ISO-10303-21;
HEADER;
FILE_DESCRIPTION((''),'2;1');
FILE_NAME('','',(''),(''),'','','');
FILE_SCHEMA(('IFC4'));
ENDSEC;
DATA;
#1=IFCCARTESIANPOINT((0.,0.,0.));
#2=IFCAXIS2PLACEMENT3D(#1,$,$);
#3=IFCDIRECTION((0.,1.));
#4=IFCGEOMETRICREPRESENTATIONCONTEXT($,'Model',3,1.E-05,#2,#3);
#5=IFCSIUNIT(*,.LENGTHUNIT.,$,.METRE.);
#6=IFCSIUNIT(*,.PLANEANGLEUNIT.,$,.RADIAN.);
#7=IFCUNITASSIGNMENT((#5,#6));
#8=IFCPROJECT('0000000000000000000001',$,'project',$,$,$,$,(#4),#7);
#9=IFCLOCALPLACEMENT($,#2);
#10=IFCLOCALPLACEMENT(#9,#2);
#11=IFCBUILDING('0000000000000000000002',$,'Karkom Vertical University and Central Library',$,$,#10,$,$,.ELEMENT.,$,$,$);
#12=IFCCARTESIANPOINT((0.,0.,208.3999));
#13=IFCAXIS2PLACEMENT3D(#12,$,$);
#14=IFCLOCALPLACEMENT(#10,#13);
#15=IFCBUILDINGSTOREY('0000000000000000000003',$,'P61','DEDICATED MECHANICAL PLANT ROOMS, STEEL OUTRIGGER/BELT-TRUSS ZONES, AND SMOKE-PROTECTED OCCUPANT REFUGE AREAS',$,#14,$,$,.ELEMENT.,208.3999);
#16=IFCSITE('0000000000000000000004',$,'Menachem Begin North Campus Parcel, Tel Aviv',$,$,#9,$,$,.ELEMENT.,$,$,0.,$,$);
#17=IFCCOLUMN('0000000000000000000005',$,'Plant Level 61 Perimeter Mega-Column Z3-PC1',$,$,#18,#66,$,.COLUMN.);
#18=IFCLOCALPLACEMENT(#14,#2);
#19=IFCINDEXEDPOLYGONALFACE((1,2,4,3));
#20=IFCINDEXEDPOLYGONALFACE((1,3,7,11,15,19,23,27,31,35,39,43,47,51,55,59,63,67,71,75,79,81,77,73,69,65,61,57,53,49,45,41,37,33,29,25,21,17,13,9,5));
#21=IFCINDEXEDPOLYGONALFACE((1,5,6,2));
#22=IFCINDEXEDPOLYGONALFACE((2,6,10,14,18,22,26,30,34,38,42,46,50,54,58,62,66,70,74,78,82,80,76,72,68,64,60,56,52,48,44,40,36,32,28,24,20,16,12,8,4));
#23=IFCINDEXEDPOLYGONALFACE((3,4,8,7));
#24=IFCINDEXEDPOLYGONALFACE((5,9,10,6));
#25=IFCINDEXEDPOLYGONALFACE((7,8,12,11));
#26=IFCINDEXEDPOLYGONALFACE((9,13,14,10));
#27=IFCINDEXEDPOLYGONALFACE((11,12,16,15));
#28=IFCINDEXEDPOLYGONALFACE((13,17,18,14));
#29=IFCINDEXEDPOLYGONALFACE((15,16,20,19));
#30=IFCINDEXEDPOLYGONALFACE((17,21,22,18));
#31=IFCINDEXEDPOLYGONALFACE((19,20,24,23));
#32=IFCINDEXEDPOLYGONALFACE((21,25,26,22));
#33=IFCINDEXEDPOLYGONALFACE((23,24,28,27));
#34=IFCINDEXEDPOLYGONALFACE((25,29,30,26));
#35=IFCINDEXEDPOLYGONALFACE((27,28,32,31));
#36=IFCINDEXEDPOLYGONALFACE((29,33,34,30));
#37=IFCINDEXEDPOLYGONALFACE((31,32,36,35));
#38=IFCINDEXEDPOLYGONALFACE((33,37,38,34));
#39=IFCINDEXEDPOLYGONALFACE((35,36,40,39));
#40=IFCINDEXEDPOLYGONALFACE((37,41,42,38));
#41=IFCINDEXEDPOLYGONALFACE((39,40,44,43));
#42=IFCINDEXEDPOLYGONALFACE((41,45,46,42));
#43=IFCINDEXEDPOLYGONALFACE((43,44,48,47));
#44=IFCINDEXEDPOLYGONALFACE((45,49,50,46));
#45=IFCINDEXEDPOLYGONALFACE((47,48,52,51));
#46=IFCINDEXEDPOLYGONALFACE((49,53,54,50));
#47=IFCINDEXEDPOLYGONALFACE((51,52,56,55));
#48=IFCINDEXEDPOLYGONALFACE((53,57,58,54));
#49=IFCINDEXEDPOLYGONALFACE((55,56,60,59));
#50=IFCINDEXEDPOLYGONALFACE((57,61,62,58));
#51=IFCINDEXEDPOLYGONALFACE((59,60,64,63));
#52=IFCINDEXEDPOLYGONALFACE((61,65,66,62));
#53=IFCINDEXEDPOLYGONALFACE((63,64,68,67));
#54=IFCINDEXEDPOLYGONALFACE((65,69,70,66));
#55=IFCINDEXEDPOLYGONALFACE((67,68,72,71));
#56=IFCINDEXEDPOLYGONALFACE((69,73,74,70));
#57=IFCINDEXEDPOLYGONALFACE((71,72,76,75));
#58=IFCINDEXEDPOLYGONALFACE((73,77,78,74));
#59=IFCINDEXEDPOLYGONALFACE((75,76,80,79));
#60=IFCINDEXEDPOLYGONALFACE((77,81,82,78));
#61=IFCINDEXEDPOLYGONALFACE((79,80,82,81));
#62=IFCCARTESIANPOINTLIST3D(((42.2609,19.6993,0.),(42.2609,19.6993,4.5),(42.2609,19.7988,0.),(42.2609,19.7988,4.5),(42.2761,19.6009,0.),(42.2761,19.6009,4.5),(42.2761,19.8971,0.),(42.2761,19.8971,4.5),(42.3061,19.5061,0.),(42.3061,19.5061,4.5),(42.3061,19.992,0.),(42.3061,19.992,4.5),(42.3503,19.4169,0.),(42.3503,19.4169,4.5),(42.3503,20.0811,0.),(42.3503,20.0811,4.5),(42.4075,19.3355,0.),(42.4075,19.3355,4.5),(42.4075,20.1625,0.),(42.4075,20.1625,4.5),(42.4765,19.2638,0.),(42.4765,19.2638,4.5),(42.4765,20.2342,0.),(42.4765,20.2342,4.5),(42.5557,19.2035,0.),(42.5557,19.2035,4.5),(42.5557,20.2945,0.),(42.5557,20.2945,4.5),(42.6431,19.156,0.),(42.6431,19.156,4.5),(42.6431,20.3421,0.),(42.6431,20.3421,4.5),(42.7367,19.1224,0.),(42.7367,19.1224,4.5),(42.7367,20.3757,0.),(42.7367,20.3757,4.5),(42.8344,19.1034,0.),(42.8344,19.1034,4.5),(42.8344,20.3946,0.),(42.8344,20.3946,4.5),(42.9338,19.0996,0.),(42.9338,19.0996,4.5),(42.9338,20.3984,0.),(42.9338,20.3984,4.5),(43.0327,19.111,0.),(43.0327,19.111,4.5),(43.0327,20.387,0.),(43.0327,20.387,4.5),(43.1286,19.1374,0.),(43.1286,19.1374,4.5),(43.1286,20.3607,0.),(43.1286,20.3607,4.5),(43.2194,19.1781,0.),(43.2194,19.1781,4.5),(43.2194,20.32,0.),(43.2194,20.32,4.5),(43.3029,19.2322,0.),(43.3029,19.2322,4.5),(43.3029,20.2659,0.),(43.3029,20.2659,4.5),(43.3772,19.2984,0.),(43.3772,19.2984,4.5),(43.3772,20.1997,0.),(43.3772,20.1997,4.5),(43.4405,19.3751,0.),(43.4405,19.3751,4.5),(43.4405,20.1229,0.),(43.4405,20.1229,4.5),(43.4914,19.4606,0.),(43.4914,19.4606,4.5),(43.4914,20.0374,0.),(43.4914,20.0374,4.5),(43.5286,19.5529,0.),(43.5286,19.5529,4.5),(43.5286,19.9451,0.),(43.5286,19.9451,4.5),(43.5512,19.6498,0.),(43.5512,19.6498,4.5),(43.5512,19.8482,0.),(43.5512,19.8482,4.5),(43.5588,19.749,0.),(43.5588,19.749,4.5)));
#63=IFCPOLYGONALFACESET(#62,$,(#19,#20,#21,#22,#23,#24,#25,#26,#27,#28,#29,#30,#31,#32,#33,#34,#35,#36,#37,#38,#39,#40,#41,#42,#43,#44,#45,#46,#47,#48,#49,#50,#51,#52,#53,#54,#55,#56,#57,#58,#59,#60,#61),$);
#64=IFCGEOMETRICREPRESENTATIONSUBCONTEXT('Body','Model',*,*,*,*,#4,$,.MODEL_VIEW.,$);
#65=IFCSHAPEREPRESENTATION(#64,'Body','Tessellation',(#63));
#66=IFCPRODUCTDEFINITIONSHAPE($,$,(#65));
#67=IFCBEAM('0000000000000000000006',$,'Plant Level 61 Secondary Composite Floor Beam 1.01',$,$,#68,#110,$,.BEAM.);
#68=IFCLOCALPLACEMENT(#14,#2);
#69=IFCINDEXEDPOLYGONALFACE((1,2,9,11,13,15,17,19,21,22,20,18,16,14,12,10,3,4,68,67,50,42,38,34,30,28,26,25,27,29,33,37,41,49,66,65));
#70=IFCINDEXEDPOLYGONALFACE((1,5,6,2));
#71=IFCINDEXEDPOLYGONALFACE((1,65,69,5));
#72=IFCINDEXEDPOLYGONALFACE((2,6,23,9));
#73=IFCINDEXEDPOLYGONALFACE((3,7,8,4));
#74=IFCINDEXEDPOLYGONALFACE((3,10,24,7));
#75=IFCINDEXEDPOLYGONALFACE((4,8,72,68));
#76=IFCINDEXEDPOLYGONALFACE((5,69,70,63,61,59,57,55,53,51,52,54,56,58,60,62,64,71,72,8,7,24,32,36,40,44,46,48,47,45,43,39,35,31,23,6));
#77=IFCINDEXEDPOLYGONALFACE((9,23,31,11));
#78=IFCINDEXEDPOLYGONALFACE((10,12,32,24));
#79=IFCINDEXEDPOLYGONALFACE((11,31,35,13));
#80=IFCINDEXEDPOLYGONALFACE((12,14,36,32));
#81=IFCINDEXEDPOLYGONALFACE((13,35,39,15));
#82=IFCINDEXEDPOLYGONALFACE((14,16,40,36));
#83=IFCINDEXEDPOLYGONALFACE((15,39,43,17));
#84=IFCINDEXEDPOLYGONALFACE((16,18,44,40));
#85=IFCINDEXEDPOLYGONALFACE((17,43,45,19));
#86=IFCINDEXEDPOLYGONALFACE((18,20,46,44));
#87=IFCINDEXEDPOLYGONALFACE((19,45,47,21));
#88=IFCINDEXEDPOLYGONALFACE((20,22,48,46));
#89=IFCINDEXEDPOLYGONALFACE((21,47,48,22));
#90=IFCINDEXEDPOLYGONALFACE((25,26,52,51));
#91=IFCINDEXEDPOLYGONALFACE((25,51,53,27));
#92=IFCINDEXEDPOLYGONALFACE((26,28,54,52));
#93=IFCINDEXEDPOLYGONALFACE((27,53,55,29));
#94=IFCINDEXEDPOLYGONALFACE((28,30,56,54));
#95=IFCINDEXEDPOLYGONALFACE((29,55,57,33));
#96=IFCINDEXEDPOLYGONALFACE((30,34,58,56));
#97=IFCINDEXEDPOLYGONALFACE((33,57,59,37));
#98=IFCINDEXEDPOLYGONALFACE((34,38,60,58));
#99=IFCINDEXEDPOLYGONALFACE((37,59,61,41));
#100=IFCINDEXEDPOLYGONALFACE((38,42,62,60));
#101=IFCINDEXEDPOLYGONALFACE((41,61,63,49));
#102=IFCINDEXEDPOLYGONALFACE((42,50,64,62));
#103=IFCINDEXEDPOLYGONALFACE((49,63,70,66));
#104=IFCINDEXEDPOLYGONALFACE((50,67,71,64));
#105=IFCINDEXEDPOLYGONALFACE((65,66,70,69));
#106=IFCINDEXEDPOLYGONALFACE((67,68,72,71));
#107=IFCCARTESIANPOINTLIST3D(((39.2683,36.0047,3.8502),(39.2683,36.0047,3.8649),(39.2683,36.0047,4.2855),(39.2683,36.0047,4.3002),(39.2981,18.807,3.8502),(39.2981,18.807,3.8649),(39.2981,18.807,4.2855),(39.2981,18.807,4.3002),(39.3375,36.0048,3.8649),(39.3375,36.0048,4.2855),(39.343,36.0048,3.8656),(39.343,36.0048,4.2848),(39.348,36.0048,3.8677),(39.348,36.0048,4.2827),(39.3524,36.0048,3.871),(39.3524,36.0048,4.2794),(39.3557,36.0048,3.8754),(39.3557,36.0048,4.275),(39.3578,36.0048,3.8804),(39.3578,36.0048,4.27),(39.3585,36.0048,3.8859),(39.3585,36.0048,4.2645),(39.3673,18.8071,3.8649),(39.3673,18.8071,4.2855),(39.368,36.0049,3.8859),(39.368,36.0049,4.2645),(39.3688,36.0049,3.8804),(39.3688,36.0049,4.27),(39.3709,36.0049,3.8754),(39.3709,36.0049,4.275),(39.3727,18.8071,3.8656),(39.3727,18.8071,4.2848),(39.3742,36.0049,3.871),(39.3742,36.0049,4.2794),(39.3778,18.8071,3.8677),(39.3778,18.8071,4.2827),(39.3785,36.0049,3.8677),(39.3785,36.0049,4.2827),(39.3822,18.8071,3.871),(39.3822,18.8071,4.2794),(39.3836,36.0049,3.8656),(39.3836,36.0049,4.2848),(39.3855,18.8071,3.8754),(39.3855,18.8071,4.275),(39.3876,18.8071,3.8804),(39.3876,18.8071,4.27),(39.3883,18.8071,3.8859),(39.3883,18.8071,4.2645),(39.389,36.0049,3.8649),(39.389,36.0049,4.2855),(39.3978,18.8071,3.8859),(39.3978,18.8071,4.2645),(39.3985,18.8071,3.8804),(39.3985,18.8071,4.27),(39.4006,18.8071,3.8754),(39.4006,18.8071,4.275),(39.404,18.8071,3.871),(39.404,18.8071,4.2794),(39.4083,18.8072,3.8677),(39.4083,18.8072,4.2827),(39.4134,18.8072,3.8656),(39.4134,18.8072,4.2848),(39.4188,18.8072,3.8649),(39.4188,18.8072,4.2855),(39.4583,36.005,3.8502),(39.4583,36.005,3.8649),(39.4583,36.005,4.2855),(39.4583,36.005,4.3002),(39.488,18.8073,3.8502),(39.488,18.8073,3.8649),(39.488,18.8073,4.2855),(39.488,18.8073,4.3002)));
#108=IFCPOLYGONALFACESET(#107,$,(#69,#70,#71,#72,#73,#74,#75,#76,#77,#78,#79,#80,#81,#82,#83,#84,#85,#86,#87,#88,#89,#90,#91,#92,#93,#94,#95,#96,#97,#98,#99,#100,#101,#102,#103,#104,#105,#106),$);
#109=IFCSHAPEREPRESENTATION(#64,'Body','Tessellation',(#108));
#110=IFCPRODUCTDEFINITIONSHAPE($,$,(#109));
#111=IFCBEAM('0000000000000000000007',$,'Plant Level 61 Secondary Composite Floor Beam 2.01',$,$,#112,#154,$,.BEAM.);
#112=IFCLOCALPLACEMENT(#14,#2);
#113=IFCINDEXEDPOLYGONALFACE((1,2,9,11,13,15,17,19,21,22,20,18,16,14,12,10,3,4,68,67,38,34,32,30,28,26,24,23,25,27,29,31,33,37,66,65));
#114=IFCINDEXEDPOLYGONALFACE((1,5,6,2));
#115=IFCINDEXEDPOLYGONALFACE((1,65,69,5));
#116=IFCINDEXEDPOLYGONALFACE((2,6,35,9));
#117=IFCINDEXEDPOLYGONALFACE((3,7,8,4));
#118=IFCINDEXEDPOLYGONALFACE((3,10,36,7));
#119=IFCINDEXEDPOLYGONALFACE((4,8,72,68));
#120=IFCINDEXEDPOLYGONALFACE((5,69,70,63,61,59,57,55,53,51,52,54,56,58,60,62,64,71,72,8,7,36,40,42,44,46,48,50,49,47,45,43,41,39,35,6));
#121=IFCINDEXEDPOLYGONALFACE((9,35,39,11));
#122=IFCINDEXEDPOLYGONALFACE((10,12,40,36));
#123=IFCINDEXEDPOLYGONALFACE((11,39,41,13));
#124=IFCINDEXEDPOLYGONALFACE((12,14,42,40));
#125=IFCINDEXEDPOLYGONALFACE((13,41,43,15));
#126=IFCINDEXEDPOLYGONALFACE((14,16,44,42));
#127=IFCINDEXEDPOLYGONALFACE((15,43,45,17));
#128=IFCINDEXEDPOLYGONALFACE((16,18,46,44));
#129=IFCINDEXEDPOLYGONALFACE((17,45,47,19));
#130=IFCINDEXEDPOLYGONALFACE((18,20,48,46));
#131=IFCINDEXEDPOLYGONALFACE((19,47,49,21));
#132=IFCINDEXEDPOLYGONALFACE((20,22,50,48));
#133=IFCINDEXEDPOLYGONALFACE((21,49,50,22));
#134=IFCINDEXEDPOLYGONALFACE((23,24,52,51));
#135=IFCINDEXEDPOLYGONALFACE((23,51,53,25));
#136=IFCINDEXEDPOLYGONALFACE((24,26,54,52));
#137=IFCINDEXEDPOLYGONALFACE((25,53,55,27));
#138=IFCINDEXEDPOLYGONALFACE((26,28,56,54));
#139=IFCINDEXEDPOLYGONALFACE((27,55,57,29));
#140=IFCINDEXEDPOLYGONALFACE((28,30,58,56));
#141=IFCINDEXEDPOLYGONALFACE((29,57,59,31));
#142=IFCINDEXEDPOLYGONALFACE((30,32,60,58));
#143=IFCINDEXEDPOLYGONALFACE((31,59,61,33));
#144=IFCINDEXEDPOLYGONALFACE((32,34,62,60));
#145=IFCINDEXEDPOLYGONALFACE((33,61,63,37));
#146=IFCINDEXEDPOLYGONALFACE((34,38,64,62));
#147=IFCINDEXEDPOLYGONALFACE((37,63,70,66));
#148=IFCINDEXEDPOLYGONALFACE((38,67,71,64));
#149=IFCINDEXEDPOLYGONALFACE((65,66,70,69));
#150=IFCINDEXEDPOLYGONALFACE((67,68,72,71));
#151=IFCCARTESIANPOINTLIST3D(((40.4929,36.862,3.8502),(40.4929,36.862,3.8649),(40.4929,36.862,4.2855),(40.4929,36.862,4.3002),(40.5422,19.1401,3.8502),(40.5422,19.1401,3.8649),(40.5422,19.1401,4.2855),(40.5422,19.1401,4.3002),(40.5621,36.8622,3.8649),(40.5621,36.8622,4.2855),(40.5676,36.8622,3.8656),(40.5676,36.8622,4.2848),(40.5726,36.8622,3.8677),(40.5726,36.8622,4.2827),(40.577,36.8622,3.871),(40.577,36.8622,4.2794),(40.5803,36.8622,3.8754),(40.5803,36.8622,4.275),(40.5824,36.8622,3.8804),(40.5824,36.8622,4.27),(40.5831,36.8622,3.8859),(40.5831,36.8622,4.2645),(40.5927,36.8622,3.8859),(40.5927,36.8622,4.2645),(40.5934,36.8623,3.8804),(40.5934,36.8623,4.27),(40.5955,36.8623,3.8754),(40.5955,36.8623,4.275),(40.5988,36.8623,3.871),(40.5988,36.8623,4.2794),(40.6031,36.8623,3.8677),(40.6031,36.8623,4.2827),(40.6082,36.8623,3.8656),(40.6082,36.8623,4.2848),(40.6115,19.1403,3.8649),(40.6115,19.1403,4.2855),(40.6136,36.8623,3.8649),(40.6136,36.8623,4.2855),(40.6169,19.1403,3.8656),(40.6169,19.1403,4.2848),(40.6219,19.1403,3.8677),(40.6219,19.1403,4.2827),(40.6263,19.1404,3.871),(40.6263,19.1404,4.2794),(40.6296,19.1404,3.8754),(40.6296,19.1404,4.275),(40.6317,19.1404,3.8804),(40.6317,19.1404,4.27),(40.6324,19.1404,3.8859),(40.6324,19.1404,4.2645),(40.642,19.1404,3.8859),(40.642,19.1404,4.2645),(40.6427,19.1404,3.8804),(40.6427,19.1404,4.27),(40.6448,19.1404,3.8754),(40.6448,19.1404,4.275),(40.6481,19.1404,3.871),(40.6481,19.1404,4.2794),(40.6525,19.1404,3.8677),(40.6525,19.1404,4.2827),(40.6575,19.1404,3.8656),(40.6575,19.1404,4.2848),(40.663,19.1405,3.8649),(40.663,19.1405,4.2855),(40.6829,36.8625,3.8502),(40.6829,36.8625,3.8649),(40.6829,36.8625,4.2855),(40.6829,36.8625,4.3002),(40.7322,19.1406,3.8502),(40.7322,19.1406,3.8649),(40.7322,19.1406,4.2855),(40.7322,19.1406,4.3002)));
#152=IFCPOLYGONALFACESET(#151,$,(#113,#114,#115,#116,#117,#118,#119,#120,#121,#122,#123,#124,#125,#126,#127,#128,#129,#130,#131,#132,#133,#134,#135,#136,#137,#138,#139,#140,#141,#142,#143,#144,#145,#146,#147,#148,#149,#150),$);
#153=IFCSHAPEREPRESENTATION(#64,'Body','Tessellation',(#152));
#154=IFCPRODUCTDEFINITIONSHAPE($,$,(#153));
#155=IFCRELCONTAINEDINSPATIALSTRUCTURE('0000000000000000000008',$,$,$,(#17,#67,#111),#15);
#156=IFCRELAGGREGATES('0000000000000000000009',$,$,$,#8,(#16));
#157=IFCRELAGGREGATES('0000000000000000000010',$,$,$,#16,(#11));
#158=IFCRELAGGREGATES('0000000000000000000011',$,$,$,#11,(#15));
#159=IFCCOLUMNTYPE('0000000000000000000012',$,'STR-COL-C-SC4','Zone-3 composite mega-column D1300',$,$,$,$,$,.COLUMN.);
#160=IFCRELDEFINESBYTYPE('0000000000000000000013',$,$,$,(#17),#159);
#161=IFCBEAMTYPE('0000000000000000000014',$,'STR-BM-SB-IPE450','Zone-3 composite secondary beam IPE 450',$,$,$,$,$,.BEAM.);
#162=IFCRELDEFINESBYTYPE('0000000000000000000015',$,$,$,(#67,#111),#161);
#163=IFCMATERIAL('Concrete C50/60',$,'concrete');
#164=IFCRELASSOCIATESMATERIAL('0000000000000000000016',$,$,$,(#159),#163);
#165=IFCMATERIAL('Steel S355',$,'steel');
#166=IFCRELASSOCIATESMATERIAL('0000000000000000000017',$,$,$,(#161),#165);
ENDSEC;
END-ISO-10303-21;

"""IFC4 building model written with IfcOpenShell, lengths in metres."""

from ifc_helpers import new_model, si_unit, direction, frame, origin, origin_with_axes, origin_2d, place, context, subcontext, project, spatial, circle, i_section, extrude, source, transform, mapped, material, material_profile, profile_set, type_object, element, save


model = new_model("IFC4")

# Units and contexts
model_context = context("Model", 3, precision=1e-05, world=origin(), true_north=direction((0.0, 1.0)))
body_context = subcontext(model_context, "Body", "Model", "MODEL_VIEW")
ifc_project = project(units=[si_unit("LENGTHUNIT", "METRE"), si_unit("PLANEANGLEUNIT", "RADIAN")], contexts=[model_context])

# Site, building, storey
site_placement = place(None, origin())
site = spatial("IfcSite", under=ifc_project, at=site_placement, Name="Menachem Begin North Campus Parcel, Tel Aviv", CompositionType="ELEMENT", RefElevation=0.0)
building_placement = place(site_placement, origin())
building = spatial("IfcBuilding", under=site, at=building_placement, Name="Karkom Vertical University and Central Library", CompositionType="ELEMENT")
storey_placement = place(building_placement, frame((0.0, 0.0, 208.3999)))
storey = spatial("IfcBuildingStorey", under=building, at=storey_placement, Name="P61", Description="DEDICATED MECHANICAL PLANT ROOMS, STEEL OUTRIGGER/BELT-TRUSS ZONES, AND SMOKE-PROTECTED OCCUPANT REFUGE AREAS", CompositionType="ELEMENT", Elevation=208.3999)

# Column
ifc_material_1 = material(Name="Concrete C50/60", Category="concrete")
ifc_material_profile_1 = material_profile(ifc_material_1, circle(Radius=0.6499, at=origin_2d()), Name="CFT-D1300")
ifc_profile_set_1 = profile_set([ifc_material_profile_1], Name="Concrete C50/60")
column_type = type_object("IfcColumnType", Name="STR-COL-C-SC4", Description="Zone-3 composite mega-column D1300", PredefinedType="COLUMN", material=ifc_profile_set_1)
shared_shape_1 = source(origin_with_axes(), body_context, "Body", "SweptSolid", [
    extrude(circle(Radius=0.6499, at=origin_2d()), origin(), (0.0, 0.0, 1.0), 4.5),
])
column_placement = place(storey_placement, frame((42.9089, 19.749, 0.0), z_axis=(0.0, 0.0, 1.0), x_axis=(1.0, 0.0, 0.0)))
element("IfcColumn", 1, at=column_placement, inside=storey, type_object=column_type, Name="Plant Level 61 Perimeter Mega-Column Z3-PC1", PredefinedType="COLUMN", context=body_context, shape_type="MappedRepresentation", body=[
    mapped(shared_shape_1, transform((0.0, 0.0, 0.0), scale=1.0)),
])

# Beams
ifc_material_2 = material(Name="Steel S355", Category="steel")
ifc_material_profile_2 = material_profile(ifc_material_2, i_section(OverallWidth=0.1899, OverallDepth=0.45, WebThickness=0.0095, FlangeThickness=0.0146, FilletRadius=0.021, at=origin_2d()), Name="IPE 450")
ifc_profile_set_2 = profile_set([ifc_material_profile_2], Name="Steel S355")
beam_type_1 = type_object("IfcBeamType", Name="STR-BM-SB-IPE450", Description="Zone-3 composite secondary beam IPE 450", PredefinedType="BEAM", material=ifc_profile_set_2)
shared_shape_2 = source(origin_with_axes(), body_context, "Body", "SweptSolid", [
    extrude(i_section(OverallWidth=0.1899, OverallDepth=0.45, WebThickness=0.0095, FlangeThickness=0.0146, FilletRadius=0.021, at=origin_2d()), origin(), (0.0, 0.0, 1.0), 17.1978),
])
beam_1_placement = place(storey_placement, frame((39.3931, 18.8071, 4.0752), z_axis=(-0.001732, 0.999999, 0.0), x_axis=(-0.999999, -0.001732, 0.0)))
element("IfcBeam", 2, at=beam_1_placement, inside=storey, type_object=beam_type_1, Name="Plant Level 61 Secondary Composite Floor Beam 1.01", PredefinedType="BEAM", context=body_context, shape_type="MappedRepresentation", body=[
    mapped(shared_shape_2, transform((0.0, 0.0, 0.0), scale=1.0)),
])
shared_shape_3 = source(origin_with_axes(), body_context, "Body", "SweptSolid", [
    extrude(i_section(OverallWidth=0.1899, OverallDepth=0.45, WebThickness=0.0095, FlangeThickness=0.0146, FilletRadius=0.021, at=origin_2d()), origin(), (0.0, 0.0, 1.0), 17.7219),
])
beam_2_placement = place(storey_placement, frame((40.6372, 19.1404, 4.0752), z_axis=(-0.002783, 0.999996, 0.0), x_axis=(-0.999996, -0.002783, 0.0)))
element("IfcBeam", 3, at=beam_2_placement, inside=storey, type_object=beam_type_1, Name="Plant Level 61 Secondary Composite Floor Beam 2.01", PredefinedType="BEAM", context=body_context, shape_type="MappedRepresentation", body=[
    mapped(shared_shape_3, transform((0.0, 0.0, 0.0), scale=1.0)),
])

save(model, "model.ifc")
